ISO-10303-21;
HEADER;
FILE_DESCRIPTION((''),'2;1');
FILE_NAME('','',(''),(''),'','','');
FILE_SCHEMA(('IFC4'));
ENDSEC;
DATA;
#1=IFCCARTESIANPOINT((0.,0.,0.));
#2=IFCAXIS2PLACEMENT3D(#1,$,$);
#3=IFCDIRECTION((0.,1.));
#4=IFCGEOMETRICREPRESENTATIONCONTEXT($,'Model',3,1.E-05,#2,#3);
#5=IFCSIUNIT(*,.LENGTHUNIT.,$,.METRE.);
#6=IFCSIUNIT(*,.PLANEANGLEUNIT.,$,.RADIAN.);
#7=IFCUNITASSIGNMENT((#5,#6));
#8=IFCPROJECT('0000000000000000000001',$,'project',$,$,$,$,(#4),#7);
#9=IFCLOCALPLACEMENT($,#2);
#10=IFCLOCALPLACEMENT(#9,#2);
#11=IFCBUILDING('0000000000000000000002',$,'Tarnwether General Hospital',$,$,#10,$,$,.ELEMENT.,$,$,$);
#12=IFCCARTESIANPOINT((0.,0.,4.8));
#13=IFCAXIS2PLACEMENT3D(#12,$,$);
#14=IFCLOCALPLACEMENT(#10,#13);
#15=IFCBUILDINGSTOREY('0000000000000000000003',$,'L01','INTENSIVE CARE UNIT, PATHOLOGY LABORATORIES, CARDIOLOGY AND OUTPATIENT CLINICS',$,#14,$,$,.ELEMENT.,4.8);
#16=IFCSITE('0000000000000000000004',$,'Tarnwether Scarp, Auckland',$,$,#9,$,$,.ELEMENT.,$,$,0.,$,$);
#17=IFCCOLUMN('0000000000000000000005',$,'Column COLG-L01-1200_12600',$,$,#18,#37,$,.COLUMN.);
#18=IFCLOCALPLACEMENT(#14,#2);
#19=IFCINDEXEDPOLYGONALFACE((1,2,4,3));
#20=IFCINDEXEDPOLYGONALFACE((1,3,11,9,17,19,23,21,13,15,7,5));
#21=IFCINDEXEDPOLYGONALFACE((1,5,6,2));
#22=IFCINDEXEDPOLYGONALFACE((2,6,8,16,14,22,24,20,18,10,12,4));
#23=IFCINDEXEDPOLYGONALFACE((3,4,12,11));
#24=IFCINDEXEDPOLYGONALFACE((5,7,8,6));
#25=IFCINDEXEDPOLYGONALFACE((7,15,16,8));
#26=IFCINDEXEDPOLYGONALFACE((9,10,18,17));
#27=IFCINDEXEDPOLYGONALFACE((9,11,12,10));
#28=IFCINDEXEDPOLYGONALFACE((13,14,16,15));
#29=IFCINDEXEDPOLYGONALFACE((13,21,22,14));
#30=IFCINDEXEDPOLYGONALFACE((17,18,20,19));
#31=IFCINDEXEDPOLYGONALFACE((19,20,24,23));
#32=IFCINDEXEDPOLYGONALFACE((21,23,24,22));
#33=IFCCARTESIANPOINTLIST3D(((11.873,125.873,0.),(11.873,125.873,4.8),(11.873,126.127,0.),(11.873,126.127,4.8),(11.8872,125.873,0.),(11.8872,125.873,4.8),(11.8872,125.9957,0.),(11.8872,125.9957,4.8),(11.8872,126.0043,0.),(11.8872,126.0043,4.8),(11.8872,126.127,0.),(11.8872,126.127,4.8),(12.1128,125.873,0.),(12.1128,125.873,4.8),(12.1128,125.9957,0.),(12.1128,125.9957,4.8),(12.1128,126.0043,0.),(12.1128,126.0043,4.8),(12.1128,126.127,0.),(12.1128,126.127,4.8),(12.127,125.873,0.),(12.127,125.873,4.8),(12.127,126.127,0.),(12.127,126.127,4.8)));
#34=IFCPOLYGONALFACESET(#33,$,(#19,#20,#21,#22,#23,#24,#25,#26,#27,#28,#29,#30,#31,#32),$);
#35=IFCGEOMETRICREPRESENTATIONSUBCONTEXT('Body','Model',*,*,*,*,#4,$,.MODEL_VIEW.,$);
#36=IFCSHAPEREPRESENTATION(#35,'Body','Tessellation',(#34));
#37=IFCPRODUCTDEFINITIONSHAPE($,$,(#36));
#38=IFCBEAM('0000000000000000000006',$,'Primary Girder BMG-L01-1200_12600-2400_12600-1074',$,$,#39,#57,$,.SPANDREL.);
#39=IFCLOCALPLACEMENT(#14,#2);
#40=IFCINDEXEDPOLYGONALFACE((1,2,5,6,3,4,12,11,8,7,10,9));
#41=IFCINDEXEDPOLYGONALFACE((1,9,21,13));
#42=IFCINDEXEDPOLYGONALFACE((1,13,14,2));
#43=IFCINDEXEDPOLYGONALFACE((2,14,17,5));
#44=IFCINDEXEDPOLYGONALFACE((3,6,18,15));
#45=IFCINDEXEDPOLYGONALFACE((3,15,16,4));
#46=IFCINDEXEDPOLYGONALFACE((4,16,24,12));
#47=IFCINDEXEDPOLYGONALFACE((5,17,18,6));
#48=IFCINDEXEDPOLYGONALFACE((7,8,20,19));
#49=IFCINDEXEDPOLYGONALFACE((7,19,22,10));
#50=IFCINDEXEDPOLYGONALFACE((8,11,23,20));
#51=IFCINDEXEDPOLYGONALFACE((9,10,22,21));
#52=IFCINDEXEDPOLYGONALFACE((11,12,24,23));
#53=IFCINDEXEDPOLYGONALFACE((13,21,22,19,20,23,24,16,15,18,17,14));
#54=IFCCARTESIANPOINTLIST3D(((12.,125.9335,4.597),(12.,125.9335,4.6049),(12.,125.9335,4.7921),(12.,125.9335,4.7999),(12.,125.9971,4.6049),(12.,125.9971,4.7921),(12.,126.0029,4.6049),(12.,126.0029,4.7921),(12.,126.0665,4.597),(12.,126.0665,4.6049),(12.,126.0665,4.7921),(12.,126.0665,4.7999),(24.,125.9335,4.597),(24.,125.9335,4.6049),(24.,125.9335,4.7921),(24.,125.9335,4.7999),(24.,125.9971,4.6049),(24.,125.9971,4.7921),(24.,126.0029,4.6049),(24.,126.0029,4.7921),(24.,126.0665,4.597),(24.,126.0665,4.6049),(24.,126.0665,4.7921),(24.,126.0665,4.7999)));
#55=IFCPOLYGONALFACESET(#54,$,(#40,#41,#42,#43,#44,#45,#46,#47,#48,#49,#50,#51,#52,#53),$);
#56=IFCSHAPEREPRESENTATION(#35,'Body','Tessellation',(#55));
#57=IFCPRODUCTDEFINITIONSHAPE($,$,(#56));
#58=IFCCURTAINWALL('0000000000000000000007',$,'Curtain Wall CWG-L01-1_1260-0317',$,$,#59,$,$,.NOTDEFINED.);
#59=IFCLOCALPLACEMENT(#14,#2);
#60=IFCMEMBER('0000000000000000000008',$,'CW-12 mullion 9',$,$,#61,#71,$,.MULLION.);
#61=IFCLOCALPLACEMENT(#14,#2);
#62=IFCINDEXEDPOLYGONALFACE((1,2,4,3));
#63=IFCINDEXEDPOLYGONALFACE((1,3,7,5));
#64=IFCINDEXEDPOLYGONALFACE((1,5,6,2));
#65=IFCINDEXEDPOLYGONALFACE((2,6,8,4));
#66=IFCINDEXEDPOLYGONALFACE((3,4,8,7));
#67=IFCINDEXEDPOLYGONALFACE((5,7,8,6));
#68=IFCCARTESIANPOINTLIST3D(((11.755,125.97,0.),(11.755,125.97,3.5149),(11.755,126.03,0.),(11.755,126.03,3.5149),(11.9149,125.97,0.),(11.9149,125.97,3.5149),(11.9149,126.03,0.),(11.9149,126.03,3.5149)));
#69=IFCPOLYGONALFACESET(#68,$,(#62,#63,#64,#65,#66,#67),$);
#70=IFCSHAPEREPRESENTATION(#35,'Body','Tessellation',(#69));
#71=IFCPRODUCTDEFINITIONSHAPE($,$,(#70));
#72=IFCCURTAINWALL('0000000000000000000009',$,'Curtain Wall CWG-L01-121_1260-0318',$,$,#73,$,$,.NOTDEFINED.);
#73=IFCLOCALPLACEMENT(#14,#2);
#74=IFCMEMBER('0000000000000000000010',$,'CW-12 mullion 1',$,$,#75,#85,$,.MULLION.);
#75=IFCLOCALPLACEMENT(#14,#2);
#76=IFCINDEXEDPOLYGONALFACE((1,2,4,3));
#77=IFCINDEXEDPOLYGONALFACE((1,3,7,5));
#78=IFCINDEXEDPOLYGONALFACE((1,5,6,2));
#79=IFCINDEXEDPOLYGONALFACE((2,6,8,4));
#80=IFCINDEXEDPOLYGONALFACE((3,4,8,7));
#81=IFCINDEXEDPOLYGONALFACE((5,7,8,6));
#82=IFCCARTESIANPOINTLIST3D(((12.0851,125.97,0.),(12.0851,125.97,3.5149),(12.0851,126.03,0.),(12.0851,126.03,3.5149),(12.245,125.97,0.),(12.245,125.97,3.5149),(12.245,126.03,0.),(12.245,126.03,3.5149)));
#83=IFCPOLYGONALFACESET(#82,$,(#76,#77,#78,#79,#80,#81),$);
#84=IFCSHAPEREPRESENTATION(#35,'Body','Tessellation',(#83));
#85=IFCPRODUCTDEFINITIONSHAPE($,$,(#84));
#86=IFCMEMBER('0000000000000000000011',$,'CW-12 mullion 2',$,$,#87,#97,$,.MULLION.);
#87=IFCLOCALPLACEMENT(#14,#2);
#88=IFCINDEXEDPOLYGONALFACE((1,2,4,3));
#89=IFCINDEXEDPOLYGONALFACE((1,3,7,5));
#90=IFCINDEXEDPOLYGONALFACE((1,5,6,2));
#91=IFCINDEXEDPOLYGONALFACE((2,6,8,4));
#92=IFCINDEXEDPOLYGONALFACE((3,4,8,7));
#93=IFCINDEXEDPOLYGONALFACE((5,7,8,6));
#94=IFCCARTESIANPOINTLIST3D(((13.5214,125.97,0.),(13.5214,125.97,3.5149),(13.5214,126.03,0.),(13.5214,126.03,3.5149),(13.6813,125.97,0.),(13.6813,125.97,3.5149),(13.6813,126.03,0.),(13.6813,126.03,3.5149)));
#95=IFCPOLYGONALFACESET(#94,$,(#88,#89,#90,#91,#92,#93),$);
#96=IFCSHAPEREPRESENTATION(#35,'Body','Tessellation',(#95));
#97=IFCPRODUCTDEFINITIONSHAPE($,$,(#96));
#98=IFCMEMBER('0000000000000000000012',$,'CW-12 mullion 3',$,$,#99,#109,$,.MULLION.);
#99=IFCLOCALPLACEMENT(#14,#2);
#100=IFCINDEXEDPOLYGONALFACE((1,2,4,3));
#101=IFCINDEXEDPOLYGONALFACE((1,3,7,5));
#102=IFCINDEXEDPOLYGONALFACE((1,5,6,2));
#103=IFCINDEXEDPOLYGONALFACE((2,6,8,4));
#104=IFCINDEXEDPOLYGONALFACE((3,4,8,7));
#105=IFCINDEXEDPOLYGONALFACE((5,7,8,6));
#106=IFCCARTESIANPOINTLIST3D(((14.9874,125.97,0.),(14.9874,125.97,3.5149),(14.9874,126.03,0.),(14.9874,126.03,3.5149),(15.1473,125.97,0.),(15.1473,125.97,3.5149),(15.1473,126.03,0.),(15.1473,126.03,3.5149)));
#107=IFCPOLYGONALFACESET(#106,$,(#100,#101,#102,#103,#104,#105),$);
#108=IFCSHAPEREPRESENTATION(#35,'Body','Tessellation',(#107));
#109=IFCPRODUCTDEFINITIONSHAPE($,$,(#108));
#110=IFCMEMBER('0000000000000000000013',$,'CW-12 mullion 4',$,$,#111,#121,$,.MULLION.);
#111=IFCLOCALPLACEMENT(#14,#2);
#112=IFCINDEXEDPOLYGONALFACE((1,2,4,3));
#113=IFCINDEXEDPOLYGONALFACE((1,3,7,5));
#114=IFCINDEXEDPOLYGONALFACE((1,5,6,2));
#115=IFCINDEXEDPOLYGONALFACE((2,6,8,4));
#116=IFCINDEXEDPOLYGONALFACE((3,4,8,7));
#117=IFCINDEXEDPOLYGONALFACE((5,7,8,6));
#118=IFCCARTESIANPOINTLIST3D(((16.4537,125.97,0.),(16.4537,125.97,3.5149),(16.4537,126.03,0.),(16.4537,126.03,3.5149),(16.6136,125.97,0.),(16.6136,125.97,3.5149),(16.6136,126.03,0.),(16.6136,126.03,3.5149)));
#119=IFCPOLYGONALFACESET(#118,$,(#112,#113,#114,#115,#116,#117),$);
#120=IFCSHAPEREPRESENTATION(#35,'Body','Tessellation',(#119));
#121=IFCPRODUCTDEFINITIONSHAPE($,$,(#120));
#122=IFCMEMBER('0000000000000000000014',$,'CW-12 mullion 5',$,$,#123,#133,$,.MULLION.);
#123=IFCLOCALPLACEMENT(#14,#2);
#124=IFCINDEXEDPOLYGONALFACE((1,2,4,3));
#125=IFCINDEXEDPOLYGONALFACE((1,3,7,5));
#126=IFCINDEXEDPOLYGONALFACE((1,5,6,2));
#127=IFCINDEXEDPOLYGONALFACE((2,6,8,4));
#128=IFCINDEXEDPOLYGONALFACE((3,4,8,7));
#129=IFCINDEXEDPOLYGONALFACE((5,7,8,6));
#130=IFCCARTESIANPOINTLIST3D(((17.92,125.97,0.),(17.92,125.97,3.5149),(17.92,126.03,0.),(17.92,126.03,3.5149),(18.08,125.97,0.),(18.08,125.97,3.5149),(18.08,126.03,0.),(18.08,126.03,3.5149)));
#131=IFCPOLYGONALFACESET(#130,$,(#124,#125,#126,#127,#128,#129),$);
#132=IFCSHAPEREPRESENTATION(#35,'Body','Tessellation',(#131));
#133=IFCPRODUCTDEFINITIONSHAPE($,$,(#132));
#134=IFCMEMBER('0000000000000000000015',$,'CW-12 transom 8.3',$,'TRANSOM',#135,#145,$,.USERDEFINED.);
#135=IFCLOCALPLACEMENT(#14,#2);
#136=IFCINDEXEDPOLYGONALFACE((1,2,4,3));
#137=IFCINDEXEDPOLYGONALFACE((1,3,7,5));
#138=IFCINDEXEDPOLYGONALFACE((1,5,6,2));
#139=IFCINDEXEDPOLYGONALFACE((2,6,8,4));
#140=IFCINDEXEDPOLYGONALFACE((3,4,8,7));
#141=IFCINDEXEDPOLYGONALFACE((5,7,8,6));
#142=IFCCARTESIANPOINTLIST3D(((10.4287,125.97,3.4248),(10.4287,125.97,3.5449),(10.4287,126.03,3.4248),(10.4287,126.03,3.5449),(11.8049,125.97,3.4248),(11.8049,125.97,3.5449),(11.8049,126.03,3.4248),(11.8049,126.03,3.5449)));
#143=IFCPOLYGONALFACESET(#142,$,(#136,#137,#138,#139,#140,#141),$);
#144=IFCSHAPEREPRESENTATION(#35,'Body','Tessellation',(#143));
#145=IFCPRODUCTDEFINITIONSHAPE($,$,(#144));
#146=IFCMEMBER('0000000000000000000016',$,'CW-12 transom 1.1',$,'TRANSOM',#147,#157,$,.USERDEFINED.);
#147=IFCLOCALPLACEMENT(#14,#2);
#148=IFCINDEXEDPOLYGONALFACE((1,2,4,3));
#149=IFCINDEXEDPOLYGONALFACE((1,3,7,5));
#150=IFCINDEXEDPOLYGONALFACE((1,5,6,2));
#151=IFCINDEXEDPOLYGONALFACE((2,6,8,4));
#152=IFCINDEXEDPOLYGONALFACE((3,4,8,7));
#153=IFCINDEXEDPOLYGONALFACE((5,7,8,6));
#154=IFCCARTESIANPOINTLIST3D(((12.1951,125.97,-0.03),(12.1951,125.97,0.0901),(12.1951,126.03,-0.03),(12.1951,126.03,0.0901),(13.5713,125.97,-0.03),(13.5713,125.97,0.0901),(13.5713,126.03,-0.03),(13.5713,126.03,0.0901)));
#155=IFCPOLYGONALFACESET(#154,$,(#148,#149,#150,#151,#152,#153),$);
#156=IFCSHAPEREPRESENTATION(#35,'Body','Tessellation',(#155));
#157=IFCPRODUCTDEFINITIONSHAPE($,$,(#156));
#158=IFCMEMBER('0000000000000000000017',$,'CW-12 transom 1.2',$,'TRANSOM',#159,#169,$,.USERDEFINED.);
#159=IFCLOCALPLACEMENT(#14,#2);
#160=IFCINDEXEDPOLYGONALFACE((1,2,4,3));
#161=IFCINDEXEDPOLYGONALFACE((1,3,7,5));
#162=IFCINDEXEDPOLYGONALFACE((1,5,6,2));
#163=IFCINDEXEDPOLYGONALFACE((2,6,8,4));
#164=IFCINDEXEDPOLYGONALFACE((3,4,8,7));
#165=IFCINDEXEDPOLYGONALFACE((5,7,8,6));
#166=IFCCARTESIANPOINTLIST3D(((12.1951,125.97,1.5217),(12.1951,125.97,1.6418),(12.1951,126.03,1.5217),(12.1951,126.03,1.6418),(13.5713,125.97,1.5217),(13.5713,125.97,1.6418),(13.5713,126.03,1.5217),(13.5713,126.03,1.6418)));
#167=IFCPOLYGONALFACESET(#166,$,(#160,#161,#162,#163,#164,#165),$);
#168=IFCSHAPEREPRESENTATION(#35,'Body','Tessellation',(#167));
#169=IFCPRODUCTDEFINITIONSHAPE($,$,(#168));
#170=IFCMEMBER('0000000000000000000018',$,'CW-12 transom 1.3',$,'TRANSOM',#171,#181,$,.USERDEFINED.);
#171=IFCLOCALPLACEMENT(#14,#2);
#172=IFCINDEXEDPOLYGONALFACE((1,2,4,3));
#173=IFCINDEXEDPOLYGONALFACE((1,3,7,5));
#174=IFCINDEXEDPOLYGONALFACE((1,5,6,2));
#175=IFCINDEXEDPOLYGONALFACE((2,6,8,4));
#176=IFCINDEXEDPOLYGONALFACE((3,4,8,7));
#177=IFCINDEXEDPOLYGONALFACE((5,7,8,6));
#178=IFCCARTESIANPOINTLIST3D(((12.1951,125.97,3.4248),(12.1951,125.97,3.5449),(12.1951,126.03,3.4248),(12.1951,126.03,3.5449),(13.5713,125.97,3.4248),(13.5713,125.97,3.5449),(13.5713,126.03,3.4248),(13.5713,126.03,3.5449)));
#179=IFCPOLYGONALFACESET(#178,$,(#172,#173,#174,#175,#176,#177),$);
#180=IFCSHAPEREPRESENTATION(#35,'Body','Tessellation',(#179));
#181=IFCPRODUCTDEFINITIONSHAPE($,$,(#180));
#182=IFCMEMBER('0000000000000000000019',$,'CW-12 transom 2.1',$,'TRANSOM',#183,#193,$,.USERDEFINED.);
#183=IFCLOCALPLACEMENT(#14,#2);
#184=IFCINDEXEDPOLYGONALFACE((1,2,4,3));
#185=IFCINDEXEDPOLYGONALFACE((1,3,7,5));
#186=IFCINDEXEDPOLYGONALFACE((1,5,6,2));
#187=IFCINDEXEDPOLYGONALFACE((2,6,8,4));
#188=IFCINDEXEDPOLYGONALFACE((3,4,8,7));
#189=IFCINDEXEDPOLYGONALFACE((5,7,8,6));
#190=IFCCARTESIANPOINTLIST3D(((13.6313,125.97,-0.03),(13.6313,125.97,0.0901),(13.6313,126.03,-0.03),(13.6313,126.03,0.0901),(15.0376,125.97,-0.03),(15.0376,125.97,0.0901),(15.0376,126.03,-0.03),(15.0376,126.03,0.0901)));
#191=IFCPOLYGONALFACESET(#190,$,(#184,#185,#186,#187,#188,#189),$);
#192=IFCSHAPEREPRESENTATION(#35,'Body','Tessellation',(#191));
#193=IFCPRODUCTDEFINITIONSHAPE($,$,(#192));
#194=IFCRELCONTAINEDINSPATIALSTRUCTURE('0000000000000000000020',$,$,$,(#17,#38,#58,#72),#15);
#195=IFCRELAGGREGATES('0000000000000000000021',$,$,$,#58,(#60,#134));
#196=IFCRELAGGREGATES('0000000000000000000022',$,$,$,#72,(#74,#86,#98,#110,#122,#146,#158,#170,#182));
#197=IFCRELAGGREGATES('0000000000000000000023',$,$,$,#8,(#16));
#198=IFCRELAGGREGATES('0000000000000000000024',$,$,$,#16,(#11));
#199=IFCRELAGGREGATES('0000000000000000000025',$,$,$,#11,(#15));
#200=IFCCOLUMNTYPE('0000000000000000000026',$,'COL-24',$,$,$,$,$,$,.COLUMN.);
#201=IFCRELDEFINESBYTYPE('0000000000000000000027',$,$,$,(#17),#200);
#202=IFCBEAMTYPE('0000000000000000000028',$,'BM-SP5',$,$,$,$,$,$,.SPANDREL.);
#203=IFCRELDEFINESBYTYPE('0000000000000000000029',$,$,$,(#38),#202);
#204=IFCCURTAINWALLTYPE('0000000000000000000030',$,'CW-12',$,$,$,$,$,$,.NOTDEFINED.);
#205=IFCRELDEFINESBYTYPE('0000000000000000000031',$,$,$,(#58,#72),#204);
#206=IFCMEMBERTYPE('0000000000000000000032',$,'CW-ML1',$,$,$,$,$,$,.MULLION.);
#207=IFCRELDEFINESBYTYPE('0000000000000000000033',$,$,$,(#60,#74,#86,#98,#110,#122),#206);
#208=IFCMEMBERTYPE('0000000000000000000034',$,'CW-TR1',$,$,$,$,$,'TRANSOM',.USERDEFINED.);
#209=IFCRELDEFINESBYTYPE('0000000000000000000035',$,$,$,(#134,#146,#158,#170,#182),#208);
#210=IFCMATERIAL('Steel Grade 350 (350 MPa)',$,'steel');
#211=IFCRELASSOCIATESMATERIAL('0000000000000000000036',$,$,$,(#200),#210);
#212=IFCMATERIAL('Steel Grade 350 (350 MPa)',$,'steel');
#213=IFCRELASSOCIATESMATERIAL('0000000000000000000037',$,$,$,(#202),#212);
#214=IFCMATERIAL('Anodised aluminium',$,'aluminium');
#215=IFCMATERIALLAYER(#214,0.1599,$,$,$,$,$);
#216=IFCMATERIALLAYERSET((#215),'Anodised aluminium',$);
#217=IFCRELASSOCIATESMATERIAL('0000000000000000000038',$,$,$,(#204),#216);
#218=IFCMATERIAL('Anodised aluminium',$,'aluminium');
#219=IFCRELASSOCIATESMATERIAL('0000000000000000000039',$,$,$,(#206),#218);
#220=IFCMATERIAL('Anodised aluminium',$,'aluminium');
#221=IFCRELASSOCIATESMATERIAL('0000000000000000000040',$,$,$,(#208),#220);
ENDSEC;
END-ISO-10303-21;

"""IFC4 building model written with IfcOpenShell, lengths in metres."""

from ifc_helpers import new_model, si_unit, direction, frame, origin, origin_2d, place, context, subcontext, project, spatial, rectangle, i_section, extrude, material, layer, layer_set, material_profile, profile_set, type_object, element, aggregate, save


model = new_model("IFC4")

# Units and contexts
model_context = context("Model", 3, precision=1e-05, world=origin(), true_north=direction((0.0, 1.0)))
body_context = subcontext(model_context, "Body", "Model", "MODEL_VIEW")
ifc_project = project(units=[si_unit("LENGTHUNIT", "METRE"), si_unit("PLANEANGLEUNIT", "RADIAN")], contexts=[model_context])

# Site, building, storey
site_placement = place(None, origin())
site = spatial("IfcSite", under=ifc_project, at=site_placement, Name="Tarnwether Scarp, Auckland", CompositionType="ELEMENT", RefElevation=0.0)
building_placement = place(site_placement, origin())
building = spatial("IfcBuilding", under=site, at=building_placement, Name="Tarnwether General Hospital", CompositionType="ELEMENT")
storey_placement = place(building_placement, frame((0.0, 0.0, 4.8)))
storey = spatial("IfcBuildingStorey", under=building, at=storey_placement, Name="L01", Description="INTENSIVE CARE UNIT, PATHOLOGY LABORATORIES, CARDIOLOGY AND OUTPATIENT CLINICS", CompositionType="ELEMENT", Elevation=4.8)

# Column
ifc_material_1 = material(Name="Steel Grade 350 (350 MPa)", Category="steel")
ifc_material_profile_1 = material_profile(ifc_material_1, i_section(OverallWidth=0.2539, OverallDepth=0.2539, WebThickness=0.0085, FlangeThickness=0.0142, at=origin_2d()), Name="250UC72.9")
ifc_profile_set_1 = profile_set([ifc_material_profile_1], Name="Steel Grade 350 (350 MPa)")
column_type = type_object("IfcColumnType", Name="COL-24", PredefinedType="COLUMN", material=ifc_profile_set_1)
column_placement = place(storey_placement, frame((12.0, 126.0, 0.0), z_axis=(0.0, 0.0, 1.0), x_axis=(0.0, 1.0, 0.0)))
element("IfcColumn", 1, at=column_placement, inside=storey, type_object=column_type, Name="Column COLG-L01-1200_12600", PredefinedType="COLUMN", context=body_context, shape_type="SweptSolid", body=[
    extrude(i_section(OverallWidth=0.2539, OverallDepth=0.2539, WebThickness=0.0085, FlangeThickness=0.0142, at=origin_2d()), origin(), (0.0, 0.0, 1.0), 4.8),
])

# Beam
ifc_material_2 = material(Name="Steel Grade 350 (350 MPa)", Category="steel")
ifc_material_profile_2 = material_profile(ifc_material_2, i_section(OverallWidth=0.1331, OverallDepth=0.2029, WebThickness=0.0059, FlangeThickness=0.0078, at=origin_2d()), Name="200UB25.4")
ifc_profile_set_2 = profile_set([ifc_material_profile_2], Name="Steel Grade 350 (350 MPa)")
beam_type = type_object("IfcBeamType", Name="BM-SP5", PredefinedType="SPANDREL", material=ifc_profile_set_2)
beam_placement = place(storey_placement, frame((12.0, 126.0, 4.6985), z_axis=(1.0, 0.0, 0.0), x_axis=(0.0, 1.0, 0.0)))
element("IfcBeam", 2, at=beam_placement, inside=storey, type_object=beam_type, Name="Primary Girder BMG-L01-1200_12600-2400_12600-1074", PredefinedType="SPANDREL", context=body_context, shape_type="SweptSolid", body=[
    extrude(i_section(OverallWidth=0.1331, OverallDepth=0.2029, WebThickness=0.0059, FlangeThickness=0.0078, at=origin_2d()), origin(), (0.0, 0.0, 1.0), 12.0),
])

# Curtain wall, member
ifc_material_3 = material(Name="Anodised aluminium", Category="aluminium")
ifc_layer_1 = layer(ifc_material_3, 0.1599)
ifc_layer_set_1 = layer_set([ifc_layer_1], Name="Anodised aluminium")
curtain_wall_type = type_object("IfcCurtainWallType", Name="CW-12", PredefinedType="NOTDEFINED", material=ifc_layer_set_1)
curtain_wall_1_placement = place(storey_placement, origin())
curtain_wall_1 = element("IfcCurtainWall", 3, at=curtain_wall_1_placement, inside=storey, type_object=curtain_wall_type, Name="Curtain Wall CWG-L01-1_1260-0317", PredefinedType="NOTDEFINED")
ifc_material_4 = material(Name="Anodised aluminium", Category="aluminium")
ifc_material_profile_3 = material_profile(ifc_material_4, rectangle(XDim=0.0601, YDim=0.1599, at=origin_2d()), Name="ALU-MUL-60x160")
ifc_profile_set_3 = profile_set([ifc_material_profile_3], Name="Anodised aluminium")
member_type_1 = type_object("IfcMemberType", Name="CW-ML1", PredefinedType="MULLION", material=ifc_profile_set_3)
member_1_placement = place(storey_placement, frame((11.835, 126.0, 0.0), z_axis=(0.0, 0.0, 1.0), x_axis=(0.0, 1.0, 0.0)))
member_1 = element("IfcMember", 4, at=member_1_placement, type_object=member_type_1, Name="CW-12 mullion 9", PredefinedType="MULLION", context=body_context, shape_type="SweptSolid", body=[
    extrude(rectangle(XDim=0.0601, YDim=0.1599, at=origin_2d()), origin(), (0.0, 0.0, 1.0), 3.5149),
])

# Curtain wall, members
curtain_wall_2_placement = place(storey_placement, origin())
curtain_wall_2 = element("IfcCurtainWall", 5, at=curtain_wall_2_placement, inside=storey, type_object=curtain_wall_type, Name="Curtain Wall CWG-L01-121_1260-0318", PredefinedType="NOTDEFINED")
member_2_placement = place(storey_placement, frame((12.165, 126.0, 0.0), z_axis=(0.0, 0.0, 1.0), x_axis=(0.0, 1.0, 0.0)))
member_2 = element("IfcMember", 6, at=member_2_placement, type_object=member_type_1, Name="CW-12 mullion 1", PredefinedType="MULLION", context=body_context, shape_type="SweptSolid", body=[
    extrude(rectangle(XDim=0.0601, YDim=0.1599, at=origin_2d()), origin(), (0.0, 0.0, 1.0), 3.5149),
])
member_3_placement = place(storey_placement, frame((13.6013, 126.0, 0.0), z_axis=(0.0, 0.0, 1.0), x_axis=(0.0, 1.0, 0.0)))
member_3 = element("IfcMember", 7, at=member_3_placement, type_object=member_type_1, Name="CW-12 mullion 2", PredefinedType="MULLION", context=body_context, shape_type="SweptSolid", body=[
    extrude(rectangle(XDim=0.0601, YDim=0.1599, at=origin_2d()), origin(), (0.0, 0.0, 1.0), 3.5149),
])
member_4_placement = place(storey_placement, frame((15.0674, 126.0, 0.0), z_axis=(0.0, 0.0, 1.0), x_axis=(0.0, 1.0, 0.0)))
member_4 = element("IfcMember", 8, at=member_4_placement, type_object=member_type_1, Name="CW-12 mullion 3", PredefinedType="MULLION", context=body_context, shape_type="SweptSolid", body=[
    extrude(rectangle(XDim=0.0601, YDim=0.1599, at=origin_2d()), origin(), (0.0, 0.0, 1.0), 3.5149),
])
member_5_placement = place(storey_placement, frame((16.5337, 126.0, 0.0), z_axis=(0.0, 0.0, 1.0), x_axis=(0.0, 1.0, 0.0)))
member_5 = element("IfcMember", 9, at=member_5_placement, type_object=member_type_1, Name="CW-12 mullion 4", PredefinedType="MULLION", context=body_context, shape_type="SweptSolid", body=[
    extrude(rectangle(XDim=0.0601, YDim=0.1599, at=origin_2d()), origin(), (0.0, 0.0, 1.0), 3.5149),
])
member_6_placement = place(storey_placement, frame((18.0, 126.0, 0.0), z_axis=(0.0, 0.0, 1.0), x_axis=(0.0, 1.0, 0.0)))
member_6 = element("IfcMember", 10, at=member_6_placement, type_object=member_type_1, Name="CW-12 mullion 5", PredefinedType="MULLION", context=body_context, shape_type="SweptSolid", body=[
    extrude(rectangle(XDim=0.0601, YDim=0.1599, at=origin_2d()), origin(), (0.0, 0.0, 1.0), 3.5149),
])

# Members
ifc_material_5 = material(Name="Anodised aluminium", Category="aluminium")
ifc_material_profile_4 = material_profile(ifc_material_5, rectangle(XDim=0.0601, YDim=0.1201, at=origin_2d()), Name="ALU-TRN-60x120")
ifc_profile_set_4 = profile_set([ifc_material_profile_4], Name="Anodised aluminium")
member_type_2 = type_object("IfcMemberType", Name="CW-TR1", ElementType="TRANSOM", PredefinedType="USERDEFINED", material=ifc_profile_set_4)
member_7_placement = place(storey_placement, frame((10.4287, 126.0, 3.4849), z_axis=(1.0, 0.0, 0.0), x_axis=(0.0, 1.0, 0.0)))
member_7 = element("IfcMember", 11, at=member_7_placement, type_object=member_type_2, Name="CW-12 transom 8.3", ObjectType="TRANSOM", PredefinedType="USERDEFINED", context=body_context, shape_type="SweptSolid", body=[
    extrude(rectangle(XDim=0.0601, YDim=0.1201, at=origin_2d()), origin(), (0.0, 0.0, 1.0), 1.3762),
])
member_8_placement = place(storey_placement, frame((12.1951, 126.0, 0.03), z_axis=(1.0, 0.0, 0.0), x_axis=(0.0, 1.0, 0.0)))
member_8 = element("IfcMember", 12, at=member_8_placement, type_object=member_type_2, Name="CW-12 transom 1.1", ObjectType="TRANSOM", PredefinedType="USERDEFINED", context=body_context, shape_type="SweptSolid", body=[
    extrude(rectangle(XDim=0.0601, YDim=0.1201, at=origin_2d()), origin(), (0.0, 0.0, 1.0), 1.3762),
])
member_9_placement = place(storey_placement, frame((12.1951, 126.0, 1.5818), z_axis=(1.0, 0.0, 0.0), x_axis=(0.0, 1.0, 0.0)))
member_9 = element("IfcMember", 13, at=member_9_placement, type_object=member_type_2, Name="CW-12 transom 1.2", ObjectType="TRANSOM", PredefinedType="USERDEFINED", context=body_context, shape_type="SweptSolid", body=[
    extrude(rectangle(XDim=0.0601, YDim=0.1201, at=origin_2d()), origin(), (0.0, 0.0, 1.0), 1.3762),
])
member_10_placement = place(storey_placement, frame((12.1951, 126.0, 3.4849), z_axis=(1.0, 0.0, 0.0), x_axis=(0.0, 1.0, 0.0)))
member_10 = element("IfcMember", 14, at=member_10_placement, type_object=member_type_2, Name="CW-12 transom 1.3", ObjectType="TRANSOM", PredefinedType="USERDEFINED", context=body_context, shape_type="SweptSolid", body=[
    extrude(rectangle(XDim=0.0601, YDim=0.1201, at=origin_2d()), origin(), (0.0, 0.0, 1.0), 1.3762),
])
member_11_placement = place(storey_placement, frame((13.6313, 126.0, 0.03), z_axis=(1.0, 0.0, 0.0), x_axis=(0.0, 1.0, 0.0)))
member_11 = element("IfcMember", 15, at=member_11_placement, type_object=member_type_2, Name="CW-12 transom 2.1", ObjectType="TRANSOM", PredefinedType="USERDEFINED", context=body_context, shape_type="SweptSolid", body=[
    extrude(rectangle(XDim=0.0601, YDim=0.1201, at=origin_2d()), origin(), (0.0, 0.0, 1.0), 1.4062),
])

aggregate(curtain_wall_1, [member_1, member_7])
aggregate(curtain_wall_2, [member_2, member_3, member_4, member_5, member_6, member_8, member_9, member_10, member_11])

save(model, "model.ifc")
